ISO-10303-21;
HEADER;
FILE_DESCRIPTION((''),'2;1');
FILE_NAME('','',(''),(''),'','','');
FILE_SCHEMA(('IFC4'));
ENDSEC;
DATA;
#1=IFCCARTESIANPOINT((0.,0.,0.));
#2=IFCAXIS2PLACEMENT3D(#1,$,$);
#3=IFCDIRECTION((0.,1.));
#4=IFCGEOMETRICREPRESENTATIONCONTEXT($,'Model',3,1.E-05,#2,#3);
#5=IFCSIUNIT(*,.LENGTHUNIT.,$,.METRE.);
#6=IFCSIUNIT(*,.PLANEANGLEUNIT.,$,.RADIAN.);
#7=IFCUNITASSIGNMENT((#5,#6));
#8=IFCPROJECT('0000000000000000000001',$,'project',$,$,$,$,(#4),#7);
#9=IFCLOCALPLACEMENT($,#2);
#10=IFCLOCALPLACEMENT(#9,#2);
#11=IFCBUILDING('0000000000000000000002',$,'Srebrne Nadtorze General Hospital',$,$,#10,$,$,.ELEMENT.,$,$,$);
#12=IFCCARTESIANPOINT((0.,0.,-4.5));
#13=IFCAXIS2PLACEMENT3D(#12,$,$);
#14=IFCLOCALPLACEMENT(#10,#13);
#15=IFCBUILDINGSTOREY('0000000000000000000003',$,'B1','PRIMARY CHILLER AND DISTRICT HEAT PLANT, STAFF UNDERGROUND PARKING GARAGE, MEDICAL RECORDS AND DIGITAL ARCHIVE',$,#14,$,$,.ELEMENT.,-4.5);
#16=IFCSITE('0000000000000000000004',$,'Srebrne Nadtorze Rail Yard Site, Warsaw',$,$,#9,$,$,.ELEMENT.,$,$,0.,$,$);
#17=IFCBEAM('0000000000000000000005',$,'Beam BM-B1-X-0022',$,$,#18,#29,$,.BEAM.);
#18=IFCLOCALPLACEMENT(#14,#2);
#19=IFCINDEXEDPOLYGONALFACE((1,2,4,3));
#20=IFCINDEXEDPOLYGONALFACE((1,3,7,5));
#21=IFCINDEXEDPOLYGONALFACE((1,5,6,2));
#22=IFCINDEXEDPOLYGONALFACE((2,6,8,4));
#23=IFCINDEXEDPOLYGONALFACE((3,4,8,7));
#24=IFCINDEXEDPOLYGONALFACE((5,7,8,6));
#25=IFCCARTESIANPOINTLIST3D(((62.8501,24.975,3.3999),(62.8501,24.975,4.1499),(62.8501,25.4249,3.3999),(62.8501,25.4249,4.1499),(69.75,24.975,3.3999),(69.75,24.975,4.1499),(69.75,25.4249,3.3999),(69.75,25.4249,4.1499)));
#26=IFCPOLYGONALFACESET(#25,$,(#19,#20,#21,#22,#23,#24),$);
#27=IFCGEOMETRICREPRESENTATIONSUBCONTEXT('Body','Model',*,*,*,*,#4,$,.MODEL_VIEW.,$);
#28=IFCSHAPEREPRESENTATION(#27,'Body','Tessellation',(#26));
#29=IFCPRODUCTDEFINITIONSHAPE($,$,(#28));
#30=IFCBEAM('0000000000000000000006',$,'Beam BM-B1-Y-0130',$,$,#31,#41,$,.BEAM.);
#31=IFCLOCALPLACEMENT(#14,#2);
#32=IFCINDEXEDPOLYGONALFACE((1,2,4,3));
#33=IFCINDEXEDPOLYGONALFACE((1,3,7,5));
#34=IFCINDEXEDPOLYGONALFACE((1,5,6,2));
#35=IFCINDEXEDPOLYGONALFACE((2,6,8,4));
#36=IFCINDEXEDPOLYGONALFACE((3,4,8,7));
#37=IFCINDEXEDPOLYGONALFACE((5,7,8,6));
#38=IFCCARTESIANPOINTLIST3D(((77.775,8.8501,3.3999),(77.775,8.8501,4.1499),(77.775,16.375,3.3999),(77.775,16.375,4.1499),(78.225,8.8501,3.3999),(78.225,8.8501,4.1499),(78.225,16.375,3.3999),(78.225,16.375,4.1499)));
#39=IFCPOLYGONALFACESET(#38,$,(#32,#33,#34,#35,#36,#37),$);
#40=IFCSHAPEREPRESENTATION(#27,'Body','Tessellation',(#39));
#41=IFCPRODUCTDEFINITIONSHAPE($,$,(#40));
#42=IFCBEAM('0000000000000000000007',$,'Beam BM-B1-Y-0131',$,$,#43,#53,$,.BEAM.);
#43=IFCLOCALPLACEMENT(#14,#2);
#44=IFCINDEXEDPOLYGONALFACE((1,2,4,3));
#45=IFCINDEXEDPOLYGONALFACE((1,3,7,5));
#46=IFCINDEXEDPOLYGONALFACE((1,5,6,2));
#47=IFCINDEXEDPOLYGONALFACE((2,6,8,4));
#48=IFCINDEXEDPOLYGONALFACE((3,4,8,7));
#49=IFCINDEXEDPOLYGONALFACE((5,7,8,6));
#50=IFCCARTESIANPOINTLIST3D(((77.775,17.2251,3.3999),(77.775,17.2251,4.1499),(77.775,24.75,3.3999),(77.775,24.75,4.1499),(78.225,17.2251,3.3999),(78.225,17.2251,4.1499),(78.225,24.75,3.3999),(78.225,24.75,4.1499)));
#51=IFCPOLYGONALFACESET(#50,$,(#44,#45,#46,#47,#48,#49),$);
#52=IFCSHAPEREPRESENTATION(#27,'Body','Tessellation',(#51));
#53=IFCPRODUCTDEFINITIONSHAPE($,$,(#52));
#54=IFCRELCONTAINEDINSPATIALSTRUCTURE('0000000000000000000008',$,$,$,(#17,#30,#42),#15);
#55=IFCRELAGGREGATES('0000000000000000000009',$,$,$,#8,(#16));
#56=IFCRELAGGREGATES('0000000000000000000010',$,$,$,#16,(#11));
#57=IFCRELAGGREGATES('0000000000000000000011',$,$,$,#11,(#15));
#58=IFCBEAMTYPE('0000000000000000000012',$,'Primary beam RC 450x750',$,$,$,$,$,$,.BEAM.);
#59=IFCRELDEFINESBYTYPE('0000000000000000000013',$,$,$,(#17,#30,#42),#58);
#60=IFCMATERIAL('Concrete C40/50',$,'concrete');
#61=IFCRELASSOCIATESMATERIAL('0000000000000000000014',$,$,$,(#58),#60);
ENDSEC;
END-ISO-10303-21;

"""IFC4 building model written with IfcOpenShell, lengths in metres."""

from ifc_helpers import new_model, si_unit, direction, frame, origin, origin_2d, place, context, subcontext, project, spatial, rectangle, extrude, material, material_profile, profile_set, type_object, element, save


model = new_model("IFC4")

# Units and contexts
model_context = context("Model", 3, precision=1e-05, world=origin(), true_north=direction((0.0, 1.0)))
body_context = subcontext(model_context, "Body", "Model", "MODEL_VIEW")
ifc_project = project(units=[si_unit("LENGTHUNIT", "METRE"), si_unit("PLANEANGLEUNIT", "RADIAN")], contexts=[model_context])

# Site, building, storey
site_placement = place(None, origin())
site = spatial("IfcSite", under=ifc_project, at=site_placement, Name="Srebrne Nadtorze Rail Yard Site, Warsaw", CompositionType="ELEMENT", RefElevation=0.0)
building_placement = place(site_placement, origin())
building = spatial("IfcBuilding", under=site, at=building_placement, Name="Srebrne Nadtorze General Hospital", CompositionType="ELEMENT")
storey_placement = place(building_placement, frame((0.0, 0.0, -4.5)))
storey = spatial("IfcBuildingStorey", under=building, at=storey_placement, Name="B1", Description="PRIMARY CHILLER AND DISTRICT HEAT PLANT, STAFF UNDERGROUND PARKING GARAGE, MEDICAL RECORDS AND DIGITAL ARCHIVE", CompositionType="ELEMENT", Elevation=-4.5)

# Beams
ifc_material_1 = material(Name="Concrete C40/50", Category="concrete")
ifc_material_profile_1 = material_profile(ifc_material_1, rectangle(XDim=0.45, YDim=0.75, at=origin_2d()), Name="RC-BM-450x750")
ifc_profile_set_1 = profile_set([ifc_material_profile_1], Name="Concrete C40/50")
beam_type = type_object("IfcBeamType", Name="Primary beam RC 450x750", PredefinedType="BEAM", material=ifc_profile_set_1)
beam_placement = place(storey_placement, frame((62.8501, 25.2, 3.7749), z_axis=(1.0, 0.0, 0.0), x_axis=(0.0, 1.0, 0.0)))
element("IfcBeam", 1, at=beam_placement, inside=storey, type_object=beam_type, Name="Beam BM-B1-X-0022", PredefinedType="BEAM", context=body_context, shape_type="SweptSolid", body=[
    extrude(rectangle(XDim=0.45, YDim=0.75, at=origin_2d()), origin(), (0.0, 0.0, 1.0), 6.8999),
])
for number, where, z_axis, x_axis, name in (
    (2, (78.0, 8.8501, 3.7749), (0.0, 1.0, 0.0), (-1.0, 0.0, 0.0), "Beam BM-B1-Y-0130"),
    (3, (78.0, 17.2251, 3.7749), (0.0, 1.0, 0.0), (-1.0, 0.0, 0.0), "Beam BM-B1-Y-0131"),
):
    element("IfcBeam", number, at=place(storey_placement, frame(where, z_axis=z_axis, x_axis=x_axis)), inside=storey, type_object=beam_type, Name=name, PredefinedType="BEAM", context=body_context, shape_type="SweptSolid", body=[
        extrude(rectangle(XDim=0.45, YDim=0.75, at=origin_2d()), origin(), (0.0, 0.0, 1.0), 7.5249),
    ])

save(model, "model.ifc")
